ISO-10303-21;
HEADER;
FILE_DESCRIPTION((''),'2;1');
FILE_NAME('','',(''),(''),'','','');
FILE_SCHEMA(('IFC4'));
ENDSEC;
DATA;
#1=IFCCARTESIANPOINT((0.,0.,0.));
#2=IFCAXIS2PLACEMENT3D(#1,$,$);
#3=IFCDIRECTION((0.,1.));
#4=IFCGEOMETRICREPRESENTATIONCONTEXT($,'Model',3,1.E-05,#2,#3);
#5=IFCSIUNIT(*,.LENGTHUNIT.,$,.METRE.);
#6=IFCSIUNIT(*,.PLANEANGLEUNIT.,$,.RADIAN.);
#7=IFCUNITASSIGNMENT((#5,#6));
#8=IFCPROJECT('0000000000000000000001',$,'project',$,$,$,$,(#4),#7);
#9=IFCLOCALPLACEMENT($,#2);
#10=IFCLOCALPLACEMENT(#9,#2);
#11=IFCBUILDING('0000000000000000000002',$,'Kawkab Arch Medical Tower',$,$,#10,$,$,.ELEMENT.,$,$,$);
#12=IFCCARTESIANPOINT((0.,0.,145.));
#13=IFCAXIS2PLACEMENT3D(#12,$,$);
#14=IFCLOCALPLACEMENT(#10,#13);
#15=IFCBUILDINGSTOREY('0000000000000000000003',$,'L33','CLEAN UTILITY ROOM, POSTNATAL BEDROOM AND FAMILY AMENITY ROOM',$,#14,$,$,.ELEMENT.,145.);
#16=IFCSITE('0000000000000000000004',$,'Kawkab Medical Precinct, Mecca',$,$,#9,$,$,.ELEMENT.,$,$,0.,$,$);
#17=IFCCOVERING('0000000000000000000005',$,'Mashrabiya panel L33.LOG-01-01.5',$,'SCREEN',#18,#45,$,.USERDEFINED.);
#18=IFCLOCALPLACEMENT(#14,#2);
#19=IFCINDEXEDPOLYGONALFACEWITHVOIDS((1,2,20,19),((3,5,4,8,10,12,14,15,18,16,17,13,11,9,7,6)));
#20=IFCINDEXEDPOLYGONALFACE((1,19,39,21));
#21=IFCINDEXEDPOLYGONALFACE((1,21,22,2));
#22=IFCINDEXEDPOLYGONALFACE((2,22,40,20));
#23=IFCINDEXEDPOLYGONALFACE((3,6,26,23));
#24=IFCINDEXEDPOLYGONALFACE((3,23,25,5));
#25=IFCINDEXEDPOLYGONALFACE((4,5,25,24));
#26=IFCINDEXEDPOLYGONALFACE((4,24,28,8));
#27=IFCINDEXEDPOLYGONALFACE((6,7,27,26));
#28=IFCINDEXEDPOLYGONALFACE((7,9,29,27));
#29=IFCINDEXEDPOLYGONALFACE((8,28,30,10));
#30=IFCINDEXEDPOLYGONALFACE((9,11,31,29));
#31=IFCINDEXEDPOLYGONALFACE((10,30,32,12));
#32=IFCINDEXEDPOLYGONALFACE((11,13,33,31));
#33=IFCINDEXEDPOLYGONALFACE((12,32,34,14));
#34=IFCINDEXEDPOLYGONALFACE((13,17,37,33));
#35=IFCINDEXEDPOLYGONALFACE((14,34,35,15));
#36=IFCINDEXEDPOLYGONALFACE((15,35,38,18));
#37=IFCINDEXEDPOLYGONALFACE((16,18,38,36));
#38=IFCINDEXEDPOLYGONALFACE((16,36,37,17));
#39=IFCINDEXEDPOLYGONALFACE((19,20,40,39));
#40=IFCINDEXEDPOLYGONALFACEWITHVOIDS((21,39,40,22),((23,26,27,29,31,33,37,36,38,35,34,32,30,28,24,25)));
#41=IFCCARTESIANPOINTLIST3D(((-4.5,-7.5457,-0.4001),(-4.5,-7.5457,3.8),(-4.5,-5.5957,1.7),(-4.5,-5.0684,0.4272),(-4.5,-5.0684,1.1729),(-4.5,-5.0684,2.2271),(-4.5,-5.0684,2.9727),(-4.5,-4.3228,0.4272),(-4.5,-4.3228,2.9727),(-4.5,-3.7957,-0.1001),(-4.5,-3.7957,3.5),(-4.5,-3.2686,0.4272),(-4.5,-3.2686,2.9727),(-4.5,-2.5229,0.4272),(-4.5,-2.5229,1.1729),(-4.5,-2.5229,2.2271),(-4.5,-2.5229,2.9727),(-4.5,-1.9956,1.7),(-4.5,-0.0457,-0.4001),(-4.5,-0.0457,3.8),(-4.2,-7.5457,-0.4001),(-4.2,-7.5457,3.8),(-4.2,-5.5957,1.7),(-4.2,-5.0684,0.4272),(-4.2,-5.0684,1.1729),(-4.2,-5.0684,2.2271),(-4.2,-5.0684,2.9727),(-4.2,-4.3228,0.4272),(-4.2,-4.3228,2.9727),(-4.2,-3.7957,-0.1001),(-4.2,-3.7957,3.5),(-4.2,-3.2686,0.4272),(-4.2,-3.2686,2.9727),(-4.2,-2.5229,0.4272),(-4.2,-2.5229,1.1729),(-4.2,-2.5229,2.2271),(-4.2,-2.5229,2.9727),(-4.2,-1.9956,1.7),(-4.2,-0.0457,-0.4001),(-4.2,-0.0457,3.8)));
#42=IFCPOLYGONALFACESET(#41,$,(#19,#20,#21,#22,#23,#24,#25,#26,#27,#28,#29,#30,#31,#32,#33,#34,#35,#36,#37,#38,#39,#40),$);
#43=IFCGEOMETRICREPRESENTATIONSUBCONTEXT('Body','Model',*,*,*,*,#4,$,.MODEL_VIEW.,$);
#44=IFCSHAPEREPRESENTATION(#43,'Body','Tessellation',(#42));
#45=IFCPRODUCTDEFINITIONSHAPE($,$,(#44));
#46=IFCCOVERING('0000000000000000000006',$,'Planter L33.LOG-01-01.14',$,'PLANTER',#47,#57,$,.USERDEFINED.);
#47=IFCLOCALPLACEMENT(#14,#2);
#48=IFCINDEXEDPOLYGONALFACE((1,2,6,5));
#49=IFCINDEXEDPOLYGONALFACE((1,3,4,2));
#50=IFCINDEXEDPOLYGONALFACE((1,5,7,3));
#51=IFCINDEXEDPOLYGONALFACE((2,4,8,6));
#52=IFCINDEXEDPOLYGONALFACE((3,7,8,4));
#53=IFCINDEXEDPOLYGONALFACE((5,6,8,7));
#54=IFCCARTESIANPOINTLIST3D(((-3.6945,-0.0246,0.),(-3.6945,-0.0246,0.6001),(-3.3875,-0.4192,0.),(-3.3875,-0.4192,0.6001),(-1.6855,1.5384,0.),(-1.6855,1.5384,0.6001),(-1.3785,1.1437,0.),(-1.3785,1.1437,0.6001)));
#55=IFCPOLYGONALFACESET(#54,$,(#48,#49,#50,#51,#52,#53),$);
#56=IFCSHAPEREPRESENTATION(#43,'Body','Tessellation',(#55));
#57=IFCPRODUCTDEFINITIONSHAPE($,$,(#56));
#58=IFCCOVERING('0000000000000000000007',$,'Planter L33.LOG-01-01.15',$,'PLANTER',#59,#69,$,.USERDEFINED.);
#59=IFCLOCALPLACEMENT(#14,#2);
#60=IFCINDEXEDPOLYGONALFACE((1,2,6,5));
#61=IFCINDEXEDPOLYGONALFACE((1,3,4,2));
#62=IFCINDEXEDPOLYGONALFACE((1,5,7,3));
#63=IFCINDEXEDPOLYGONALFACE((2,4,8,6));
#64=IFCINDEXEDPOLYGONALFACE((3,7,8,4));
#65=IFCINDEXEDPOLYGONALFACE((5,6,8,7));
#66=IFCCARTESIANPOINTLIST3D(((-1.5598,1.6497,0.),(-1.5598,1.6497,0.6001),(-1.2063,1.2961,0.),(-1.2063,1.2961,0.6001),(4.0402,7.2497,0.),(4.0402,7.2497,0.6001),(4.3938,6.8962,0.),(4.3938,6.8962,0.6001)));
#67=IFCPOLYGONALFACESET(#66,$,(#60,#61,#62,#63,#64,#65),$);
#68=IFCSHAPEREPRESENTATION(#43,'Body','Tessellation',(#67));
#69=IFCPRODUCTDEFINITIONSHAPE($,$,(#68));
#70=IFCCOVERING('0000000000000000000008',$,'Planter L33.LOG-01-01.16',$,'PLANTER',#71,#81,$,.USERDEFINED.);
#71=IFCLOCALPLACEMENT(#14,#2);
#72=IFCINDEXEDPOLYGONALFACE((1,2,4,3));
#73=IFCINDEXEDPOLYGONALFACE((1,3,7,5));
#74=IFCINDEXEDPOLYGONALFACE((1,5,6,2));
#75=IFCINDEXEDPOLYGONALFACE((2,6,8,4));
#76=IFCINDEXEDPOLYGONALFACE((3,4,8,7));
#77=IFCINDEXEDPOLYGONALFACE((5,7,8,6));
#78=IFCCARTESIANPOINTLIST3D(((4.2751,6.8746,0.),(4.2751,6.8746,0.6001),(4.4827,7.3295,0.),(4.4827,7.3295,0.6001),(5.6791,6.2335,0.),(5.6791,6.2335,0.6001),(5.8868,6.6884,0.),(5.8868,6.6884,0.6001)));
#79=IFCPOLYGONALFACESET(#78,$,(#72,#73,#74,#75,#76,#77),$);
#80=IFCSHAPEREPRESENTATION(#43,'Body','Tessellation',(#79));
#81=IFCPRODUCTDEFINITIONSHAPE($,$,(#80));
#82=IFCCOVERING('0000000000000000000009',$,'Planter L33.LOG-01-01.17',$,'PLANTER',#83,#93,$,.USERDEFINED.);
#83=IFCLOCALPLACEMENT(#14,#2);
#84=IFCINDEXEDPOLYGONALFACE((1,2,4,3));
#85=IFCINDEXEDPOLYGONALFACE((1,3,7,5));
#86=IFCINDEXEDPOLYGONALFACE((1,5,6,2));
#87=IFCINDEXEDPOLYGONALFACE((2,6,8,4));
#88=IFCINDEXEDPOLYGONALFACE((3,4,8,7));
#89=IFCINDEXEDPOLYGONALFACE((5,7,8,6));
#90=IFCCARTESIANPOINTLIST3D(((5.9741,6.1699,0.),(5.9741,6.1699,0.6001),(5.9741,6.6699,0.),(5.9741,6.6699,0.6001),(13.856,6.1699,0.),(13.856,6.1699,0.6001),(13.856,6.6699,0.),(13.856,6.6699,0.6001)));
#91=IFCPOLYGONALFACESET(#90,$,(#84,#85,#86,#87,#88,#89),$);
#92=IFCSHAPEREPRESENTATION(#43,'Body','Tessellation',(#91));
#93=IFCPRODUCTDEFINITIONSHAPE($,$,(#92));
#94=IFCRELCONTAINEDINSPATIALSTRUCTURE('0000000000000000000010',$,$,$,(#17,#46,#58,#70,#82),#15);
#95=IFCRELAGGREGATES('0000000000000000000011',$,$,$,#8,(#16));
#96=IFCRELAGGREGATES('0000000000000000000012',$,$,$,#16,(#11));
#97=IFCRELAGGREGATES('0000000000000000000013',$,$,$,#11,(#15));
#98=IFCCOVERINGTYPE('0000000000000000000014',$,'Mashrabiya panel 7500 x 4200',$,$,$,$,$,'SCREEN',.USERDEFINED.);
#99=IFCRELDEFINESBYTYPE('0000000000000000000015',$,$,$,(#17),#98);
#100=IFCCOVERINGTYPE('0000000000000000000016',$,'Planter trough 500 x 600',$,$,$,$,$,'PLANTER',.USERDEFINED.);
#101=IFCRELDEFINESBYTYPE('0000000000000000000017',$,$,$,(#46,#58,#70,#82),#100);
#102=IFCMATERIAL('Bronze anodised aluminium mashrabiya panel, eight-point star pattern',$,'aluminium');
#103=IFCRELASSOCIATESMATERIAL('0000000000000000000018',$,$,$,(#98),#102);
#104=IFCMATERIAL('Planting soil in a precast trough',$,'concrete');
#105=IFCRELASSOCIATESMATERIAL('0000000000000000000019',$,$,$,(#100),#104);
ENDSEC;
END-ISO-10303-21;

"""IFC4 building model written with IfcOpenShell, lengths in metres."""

from ifc_helpers import new_model, si_unit, direction, frame, origin, origin_2d, place, context, subcontext, project, spatial, polyline, rectangle, outline, extrude, material, material_profile, profile_set, type_object, element, save


model = new_model("IFC4")

# Units and contexts
model_context = context("Model", 3, precision=1e-05, world=origin(), true_north=direction((0.0, 1.0)))
body_context = subcontext(model_context, "Body", "Model", "MODEL_VIEW")
ifc_project = project(units=[si_unit("LENGTHUNIT", "METRE"), si_unit("PLANEANGLEUNIT", "RADIAN")], contexts=[model_context])

# Site, building, storey
site_placement = place(None, origin())
site = spatial("IfcSite", under=ifc_project, at=site_placement, Name="Kawkab Medical Precinct, Mecca", CompositionType="ELEMENT", RefElevation=0.0)
building_placement = place(site_placement, origin())
building = spatial("IfcBuilding", under=site, at=building_placement, Name="Kawkab Arch Medical Tower", CompositionType="ELEMENT")
storey_placement = place(building_placement, frame((0.0, 0.0, 145.0)))
storey = spatial("IfcBuildingStorey", under=building, at=storey_placement, Name="L33", Description="CLEAN UTILITY ROOM, POSTNATAL BEDROOM AND FAMILY AMENITY ROOM", CompositionType="ELEMENT", Elevation=145.0)

# Coverings
ifc_material_1 = material(Name="Bronze anodised aluminium mashrabiya panel, eight-point star pattern", Category="aluminium")
ifc_material_profile_1 = material_profile(ifc_material_1, outline(polyline([(-3.75, -2.1001), (3.75, -2.1001), (3.75, 2.1001), (-3.75, 2.1001), (-3.75, -2.1001)]), holes=[polyline([(1.8, 0.0), (1.2727, 0.5271), (1.2727, 1.2727), (0.5271, 1.2727), (0.0, 1.8), (-0.5271, 1.2727), (-1.2727, 1.2727), (-1.2727, 0.5271), (-1.8, 0.0), (-1.2727, -0.5271), (-1.2727, -1.2727), (-0.5271, -1.2727), (0.0, -1.8), (0.5271, -1.2727), (1.2727, -1.2727), (1.2727, -0.5271), (1.8, 0.0)])]), Name="Mashrabiya panel 7500x4200")
ifc_profile_set_1 = profile_set([ifc_material_profile_1], Name="Bronze anodised aluminium mashrabiya panel, eight-point star pattern")
covering_type_1 = type_object("IfcCoveringType", Name="Mashrabiya panel 7500 x 4200", ElementType="SCREEN", PredefinedType="USERDEFINED", material=ifc_profile_set_1)
covering_1_placement = place(storey_placement, frame((-4.2, -3.7957, 1.7), z_axis=(-1.0, 0.0, 0.0), x_axis=(0.0, -1.0, 0.0)))
element("IfcCovering", 1, at=covering_1_placement, inside=storey, type_object=covering_type_1, Name="Mashrabiya panel L33.LOG-01-01.5", ObjectType="SCREEN", PredefinedType="USERDEFINED", context=body_context, shape_type="SweptSolid", body=[
    extrude(outline(polyline([(-3.75, -2.1001), (3.75, -2.1001), (3.75, 2.1001), (-3.75, 2.1001), (-3.75, -2.1001)]), holes=[polyline([(1.8, 0.0), (1.2727, 0.5271), (1.2727, 1.2727), (0.5271, 1.2727), (0.0, 1.8), (-0.5271, 1.2727), (-1.2727, 1.2727), (-1.2727, 0.5271), (-1.8, 0.0), (-1.2727, -0.5271), (-1.2727, -1.2727), (-0.5271, -1.2727), (0.0, -1.8), (0.5271, -1.2727), (1.2727, -1.2727), (1.2727, -0.5271), (1.8, 0.0)])]), origin(), (0.0, 0.0, 1.0), 0.3),
])
ifc_material_2 = material(Name="Planting soil in a precast trough", Category="concrete")
ifc_material_profile_2 = material_profile(ifc_material_2, rectangle(XDim=0.5, YDim=0.6001, at=origin_2d()), Name="Trough 500x600")
ifc_profile_set_2 = profile_set([ifc_material_profile_2], Name="Planting soil in a precast trough")
covering_type_2 = type_object("IfcCoveringType", Name="Planter trough 500 x 600", ElementType="PLANTER", PredefinedType="USERDEFINED", material=ifc_profile_set_2)
covering_2_placement = place(storey_placement, frame((-3.541, -0.2219, 0.3), z_axis=(0.789275, 0.61404, 0.0), x_axis=(-0.61404, 0.789275, 0.0)))
element("IfcCovering", 2, at=covering_2_placement, inside=storey, type_object=covering_type_2, Name="Planter L33.LOG-01-01.14", ObjectType="PLANTER", PredefinedType="USERDEFINED", context=body_context, shape_type="SweptSolid", body=[
    extrude(rectangle(XDim=0.5, YDim=0.6001, at=origin_2d()), origin(), (0.0, 0.0, 1.0), 2.5454),
])
covering_3_placement = place(storey_placement, frame((-1.3831, 1.4729, 0.3), z_axis=(0.707107, 0.707107, 0.0), x_axis=(-0.707107, 0.707107, 0.0)))
element("IfcCovering", 3, at=covering_3_placement, inside=storey, type_object=covering_type_2, Name="Planter L33.LOG-01-01.15", ObjectType="PLANTER", PredefinedType="USERDEFINED", context=body_context, shape_type="SweptSolid", body=[
    extrude(rectangle(XDim=0.5, YDim=0.6001, at=origin_2d()), origin(), (0.0, 0.0, 1.0), 7.9197),
])
covering_4_placement = place(storey_placement, frame((4.3789, 7.1021, 0.3), z_axis=(0.909656, -0.415363, 0.0), x_axis=(0.415363, 0.909656, 0.0)))
element("IfcCovering", 4, at=covering_4_placement, inside=storey, type_object=covering_type_2, Name="Planter L33.LOG-01-01.16", ObjectType="PLANTER", PredefinedType="USERDEFINED", context=body_context, shape_type="SweptSolid", body=[
    extrude(rectangle(XDim=0.5, YDim=0.6001, at=origin_2d()), origin(), (0.0, 0.0, 1.0), 1.5435),
])
covering_5_placement = place(storey_placement, frame((5.9741, 6.4199, 0.3), z_axis=(1.0, 0.0, 0.0), x_axis=(0.0, 1.0, 0.0)))
element("IfcCovering", 5, at=covering_5_placement, inside=storey, type_object=covering_type_2, Name="Planter L33.LOG-01-01.17", ObjectType="PLANTER", PredefinedType="USERDEFINED", context=body_context, shape_type="SweptSolid", body=[
    extrude(rectangle(XDim=0.5, YDim=0.6001, at=origin_2d()), origin(), (0.0, 0.0, 1.0), 7.8818),
])

save(model, "model.ifc")
